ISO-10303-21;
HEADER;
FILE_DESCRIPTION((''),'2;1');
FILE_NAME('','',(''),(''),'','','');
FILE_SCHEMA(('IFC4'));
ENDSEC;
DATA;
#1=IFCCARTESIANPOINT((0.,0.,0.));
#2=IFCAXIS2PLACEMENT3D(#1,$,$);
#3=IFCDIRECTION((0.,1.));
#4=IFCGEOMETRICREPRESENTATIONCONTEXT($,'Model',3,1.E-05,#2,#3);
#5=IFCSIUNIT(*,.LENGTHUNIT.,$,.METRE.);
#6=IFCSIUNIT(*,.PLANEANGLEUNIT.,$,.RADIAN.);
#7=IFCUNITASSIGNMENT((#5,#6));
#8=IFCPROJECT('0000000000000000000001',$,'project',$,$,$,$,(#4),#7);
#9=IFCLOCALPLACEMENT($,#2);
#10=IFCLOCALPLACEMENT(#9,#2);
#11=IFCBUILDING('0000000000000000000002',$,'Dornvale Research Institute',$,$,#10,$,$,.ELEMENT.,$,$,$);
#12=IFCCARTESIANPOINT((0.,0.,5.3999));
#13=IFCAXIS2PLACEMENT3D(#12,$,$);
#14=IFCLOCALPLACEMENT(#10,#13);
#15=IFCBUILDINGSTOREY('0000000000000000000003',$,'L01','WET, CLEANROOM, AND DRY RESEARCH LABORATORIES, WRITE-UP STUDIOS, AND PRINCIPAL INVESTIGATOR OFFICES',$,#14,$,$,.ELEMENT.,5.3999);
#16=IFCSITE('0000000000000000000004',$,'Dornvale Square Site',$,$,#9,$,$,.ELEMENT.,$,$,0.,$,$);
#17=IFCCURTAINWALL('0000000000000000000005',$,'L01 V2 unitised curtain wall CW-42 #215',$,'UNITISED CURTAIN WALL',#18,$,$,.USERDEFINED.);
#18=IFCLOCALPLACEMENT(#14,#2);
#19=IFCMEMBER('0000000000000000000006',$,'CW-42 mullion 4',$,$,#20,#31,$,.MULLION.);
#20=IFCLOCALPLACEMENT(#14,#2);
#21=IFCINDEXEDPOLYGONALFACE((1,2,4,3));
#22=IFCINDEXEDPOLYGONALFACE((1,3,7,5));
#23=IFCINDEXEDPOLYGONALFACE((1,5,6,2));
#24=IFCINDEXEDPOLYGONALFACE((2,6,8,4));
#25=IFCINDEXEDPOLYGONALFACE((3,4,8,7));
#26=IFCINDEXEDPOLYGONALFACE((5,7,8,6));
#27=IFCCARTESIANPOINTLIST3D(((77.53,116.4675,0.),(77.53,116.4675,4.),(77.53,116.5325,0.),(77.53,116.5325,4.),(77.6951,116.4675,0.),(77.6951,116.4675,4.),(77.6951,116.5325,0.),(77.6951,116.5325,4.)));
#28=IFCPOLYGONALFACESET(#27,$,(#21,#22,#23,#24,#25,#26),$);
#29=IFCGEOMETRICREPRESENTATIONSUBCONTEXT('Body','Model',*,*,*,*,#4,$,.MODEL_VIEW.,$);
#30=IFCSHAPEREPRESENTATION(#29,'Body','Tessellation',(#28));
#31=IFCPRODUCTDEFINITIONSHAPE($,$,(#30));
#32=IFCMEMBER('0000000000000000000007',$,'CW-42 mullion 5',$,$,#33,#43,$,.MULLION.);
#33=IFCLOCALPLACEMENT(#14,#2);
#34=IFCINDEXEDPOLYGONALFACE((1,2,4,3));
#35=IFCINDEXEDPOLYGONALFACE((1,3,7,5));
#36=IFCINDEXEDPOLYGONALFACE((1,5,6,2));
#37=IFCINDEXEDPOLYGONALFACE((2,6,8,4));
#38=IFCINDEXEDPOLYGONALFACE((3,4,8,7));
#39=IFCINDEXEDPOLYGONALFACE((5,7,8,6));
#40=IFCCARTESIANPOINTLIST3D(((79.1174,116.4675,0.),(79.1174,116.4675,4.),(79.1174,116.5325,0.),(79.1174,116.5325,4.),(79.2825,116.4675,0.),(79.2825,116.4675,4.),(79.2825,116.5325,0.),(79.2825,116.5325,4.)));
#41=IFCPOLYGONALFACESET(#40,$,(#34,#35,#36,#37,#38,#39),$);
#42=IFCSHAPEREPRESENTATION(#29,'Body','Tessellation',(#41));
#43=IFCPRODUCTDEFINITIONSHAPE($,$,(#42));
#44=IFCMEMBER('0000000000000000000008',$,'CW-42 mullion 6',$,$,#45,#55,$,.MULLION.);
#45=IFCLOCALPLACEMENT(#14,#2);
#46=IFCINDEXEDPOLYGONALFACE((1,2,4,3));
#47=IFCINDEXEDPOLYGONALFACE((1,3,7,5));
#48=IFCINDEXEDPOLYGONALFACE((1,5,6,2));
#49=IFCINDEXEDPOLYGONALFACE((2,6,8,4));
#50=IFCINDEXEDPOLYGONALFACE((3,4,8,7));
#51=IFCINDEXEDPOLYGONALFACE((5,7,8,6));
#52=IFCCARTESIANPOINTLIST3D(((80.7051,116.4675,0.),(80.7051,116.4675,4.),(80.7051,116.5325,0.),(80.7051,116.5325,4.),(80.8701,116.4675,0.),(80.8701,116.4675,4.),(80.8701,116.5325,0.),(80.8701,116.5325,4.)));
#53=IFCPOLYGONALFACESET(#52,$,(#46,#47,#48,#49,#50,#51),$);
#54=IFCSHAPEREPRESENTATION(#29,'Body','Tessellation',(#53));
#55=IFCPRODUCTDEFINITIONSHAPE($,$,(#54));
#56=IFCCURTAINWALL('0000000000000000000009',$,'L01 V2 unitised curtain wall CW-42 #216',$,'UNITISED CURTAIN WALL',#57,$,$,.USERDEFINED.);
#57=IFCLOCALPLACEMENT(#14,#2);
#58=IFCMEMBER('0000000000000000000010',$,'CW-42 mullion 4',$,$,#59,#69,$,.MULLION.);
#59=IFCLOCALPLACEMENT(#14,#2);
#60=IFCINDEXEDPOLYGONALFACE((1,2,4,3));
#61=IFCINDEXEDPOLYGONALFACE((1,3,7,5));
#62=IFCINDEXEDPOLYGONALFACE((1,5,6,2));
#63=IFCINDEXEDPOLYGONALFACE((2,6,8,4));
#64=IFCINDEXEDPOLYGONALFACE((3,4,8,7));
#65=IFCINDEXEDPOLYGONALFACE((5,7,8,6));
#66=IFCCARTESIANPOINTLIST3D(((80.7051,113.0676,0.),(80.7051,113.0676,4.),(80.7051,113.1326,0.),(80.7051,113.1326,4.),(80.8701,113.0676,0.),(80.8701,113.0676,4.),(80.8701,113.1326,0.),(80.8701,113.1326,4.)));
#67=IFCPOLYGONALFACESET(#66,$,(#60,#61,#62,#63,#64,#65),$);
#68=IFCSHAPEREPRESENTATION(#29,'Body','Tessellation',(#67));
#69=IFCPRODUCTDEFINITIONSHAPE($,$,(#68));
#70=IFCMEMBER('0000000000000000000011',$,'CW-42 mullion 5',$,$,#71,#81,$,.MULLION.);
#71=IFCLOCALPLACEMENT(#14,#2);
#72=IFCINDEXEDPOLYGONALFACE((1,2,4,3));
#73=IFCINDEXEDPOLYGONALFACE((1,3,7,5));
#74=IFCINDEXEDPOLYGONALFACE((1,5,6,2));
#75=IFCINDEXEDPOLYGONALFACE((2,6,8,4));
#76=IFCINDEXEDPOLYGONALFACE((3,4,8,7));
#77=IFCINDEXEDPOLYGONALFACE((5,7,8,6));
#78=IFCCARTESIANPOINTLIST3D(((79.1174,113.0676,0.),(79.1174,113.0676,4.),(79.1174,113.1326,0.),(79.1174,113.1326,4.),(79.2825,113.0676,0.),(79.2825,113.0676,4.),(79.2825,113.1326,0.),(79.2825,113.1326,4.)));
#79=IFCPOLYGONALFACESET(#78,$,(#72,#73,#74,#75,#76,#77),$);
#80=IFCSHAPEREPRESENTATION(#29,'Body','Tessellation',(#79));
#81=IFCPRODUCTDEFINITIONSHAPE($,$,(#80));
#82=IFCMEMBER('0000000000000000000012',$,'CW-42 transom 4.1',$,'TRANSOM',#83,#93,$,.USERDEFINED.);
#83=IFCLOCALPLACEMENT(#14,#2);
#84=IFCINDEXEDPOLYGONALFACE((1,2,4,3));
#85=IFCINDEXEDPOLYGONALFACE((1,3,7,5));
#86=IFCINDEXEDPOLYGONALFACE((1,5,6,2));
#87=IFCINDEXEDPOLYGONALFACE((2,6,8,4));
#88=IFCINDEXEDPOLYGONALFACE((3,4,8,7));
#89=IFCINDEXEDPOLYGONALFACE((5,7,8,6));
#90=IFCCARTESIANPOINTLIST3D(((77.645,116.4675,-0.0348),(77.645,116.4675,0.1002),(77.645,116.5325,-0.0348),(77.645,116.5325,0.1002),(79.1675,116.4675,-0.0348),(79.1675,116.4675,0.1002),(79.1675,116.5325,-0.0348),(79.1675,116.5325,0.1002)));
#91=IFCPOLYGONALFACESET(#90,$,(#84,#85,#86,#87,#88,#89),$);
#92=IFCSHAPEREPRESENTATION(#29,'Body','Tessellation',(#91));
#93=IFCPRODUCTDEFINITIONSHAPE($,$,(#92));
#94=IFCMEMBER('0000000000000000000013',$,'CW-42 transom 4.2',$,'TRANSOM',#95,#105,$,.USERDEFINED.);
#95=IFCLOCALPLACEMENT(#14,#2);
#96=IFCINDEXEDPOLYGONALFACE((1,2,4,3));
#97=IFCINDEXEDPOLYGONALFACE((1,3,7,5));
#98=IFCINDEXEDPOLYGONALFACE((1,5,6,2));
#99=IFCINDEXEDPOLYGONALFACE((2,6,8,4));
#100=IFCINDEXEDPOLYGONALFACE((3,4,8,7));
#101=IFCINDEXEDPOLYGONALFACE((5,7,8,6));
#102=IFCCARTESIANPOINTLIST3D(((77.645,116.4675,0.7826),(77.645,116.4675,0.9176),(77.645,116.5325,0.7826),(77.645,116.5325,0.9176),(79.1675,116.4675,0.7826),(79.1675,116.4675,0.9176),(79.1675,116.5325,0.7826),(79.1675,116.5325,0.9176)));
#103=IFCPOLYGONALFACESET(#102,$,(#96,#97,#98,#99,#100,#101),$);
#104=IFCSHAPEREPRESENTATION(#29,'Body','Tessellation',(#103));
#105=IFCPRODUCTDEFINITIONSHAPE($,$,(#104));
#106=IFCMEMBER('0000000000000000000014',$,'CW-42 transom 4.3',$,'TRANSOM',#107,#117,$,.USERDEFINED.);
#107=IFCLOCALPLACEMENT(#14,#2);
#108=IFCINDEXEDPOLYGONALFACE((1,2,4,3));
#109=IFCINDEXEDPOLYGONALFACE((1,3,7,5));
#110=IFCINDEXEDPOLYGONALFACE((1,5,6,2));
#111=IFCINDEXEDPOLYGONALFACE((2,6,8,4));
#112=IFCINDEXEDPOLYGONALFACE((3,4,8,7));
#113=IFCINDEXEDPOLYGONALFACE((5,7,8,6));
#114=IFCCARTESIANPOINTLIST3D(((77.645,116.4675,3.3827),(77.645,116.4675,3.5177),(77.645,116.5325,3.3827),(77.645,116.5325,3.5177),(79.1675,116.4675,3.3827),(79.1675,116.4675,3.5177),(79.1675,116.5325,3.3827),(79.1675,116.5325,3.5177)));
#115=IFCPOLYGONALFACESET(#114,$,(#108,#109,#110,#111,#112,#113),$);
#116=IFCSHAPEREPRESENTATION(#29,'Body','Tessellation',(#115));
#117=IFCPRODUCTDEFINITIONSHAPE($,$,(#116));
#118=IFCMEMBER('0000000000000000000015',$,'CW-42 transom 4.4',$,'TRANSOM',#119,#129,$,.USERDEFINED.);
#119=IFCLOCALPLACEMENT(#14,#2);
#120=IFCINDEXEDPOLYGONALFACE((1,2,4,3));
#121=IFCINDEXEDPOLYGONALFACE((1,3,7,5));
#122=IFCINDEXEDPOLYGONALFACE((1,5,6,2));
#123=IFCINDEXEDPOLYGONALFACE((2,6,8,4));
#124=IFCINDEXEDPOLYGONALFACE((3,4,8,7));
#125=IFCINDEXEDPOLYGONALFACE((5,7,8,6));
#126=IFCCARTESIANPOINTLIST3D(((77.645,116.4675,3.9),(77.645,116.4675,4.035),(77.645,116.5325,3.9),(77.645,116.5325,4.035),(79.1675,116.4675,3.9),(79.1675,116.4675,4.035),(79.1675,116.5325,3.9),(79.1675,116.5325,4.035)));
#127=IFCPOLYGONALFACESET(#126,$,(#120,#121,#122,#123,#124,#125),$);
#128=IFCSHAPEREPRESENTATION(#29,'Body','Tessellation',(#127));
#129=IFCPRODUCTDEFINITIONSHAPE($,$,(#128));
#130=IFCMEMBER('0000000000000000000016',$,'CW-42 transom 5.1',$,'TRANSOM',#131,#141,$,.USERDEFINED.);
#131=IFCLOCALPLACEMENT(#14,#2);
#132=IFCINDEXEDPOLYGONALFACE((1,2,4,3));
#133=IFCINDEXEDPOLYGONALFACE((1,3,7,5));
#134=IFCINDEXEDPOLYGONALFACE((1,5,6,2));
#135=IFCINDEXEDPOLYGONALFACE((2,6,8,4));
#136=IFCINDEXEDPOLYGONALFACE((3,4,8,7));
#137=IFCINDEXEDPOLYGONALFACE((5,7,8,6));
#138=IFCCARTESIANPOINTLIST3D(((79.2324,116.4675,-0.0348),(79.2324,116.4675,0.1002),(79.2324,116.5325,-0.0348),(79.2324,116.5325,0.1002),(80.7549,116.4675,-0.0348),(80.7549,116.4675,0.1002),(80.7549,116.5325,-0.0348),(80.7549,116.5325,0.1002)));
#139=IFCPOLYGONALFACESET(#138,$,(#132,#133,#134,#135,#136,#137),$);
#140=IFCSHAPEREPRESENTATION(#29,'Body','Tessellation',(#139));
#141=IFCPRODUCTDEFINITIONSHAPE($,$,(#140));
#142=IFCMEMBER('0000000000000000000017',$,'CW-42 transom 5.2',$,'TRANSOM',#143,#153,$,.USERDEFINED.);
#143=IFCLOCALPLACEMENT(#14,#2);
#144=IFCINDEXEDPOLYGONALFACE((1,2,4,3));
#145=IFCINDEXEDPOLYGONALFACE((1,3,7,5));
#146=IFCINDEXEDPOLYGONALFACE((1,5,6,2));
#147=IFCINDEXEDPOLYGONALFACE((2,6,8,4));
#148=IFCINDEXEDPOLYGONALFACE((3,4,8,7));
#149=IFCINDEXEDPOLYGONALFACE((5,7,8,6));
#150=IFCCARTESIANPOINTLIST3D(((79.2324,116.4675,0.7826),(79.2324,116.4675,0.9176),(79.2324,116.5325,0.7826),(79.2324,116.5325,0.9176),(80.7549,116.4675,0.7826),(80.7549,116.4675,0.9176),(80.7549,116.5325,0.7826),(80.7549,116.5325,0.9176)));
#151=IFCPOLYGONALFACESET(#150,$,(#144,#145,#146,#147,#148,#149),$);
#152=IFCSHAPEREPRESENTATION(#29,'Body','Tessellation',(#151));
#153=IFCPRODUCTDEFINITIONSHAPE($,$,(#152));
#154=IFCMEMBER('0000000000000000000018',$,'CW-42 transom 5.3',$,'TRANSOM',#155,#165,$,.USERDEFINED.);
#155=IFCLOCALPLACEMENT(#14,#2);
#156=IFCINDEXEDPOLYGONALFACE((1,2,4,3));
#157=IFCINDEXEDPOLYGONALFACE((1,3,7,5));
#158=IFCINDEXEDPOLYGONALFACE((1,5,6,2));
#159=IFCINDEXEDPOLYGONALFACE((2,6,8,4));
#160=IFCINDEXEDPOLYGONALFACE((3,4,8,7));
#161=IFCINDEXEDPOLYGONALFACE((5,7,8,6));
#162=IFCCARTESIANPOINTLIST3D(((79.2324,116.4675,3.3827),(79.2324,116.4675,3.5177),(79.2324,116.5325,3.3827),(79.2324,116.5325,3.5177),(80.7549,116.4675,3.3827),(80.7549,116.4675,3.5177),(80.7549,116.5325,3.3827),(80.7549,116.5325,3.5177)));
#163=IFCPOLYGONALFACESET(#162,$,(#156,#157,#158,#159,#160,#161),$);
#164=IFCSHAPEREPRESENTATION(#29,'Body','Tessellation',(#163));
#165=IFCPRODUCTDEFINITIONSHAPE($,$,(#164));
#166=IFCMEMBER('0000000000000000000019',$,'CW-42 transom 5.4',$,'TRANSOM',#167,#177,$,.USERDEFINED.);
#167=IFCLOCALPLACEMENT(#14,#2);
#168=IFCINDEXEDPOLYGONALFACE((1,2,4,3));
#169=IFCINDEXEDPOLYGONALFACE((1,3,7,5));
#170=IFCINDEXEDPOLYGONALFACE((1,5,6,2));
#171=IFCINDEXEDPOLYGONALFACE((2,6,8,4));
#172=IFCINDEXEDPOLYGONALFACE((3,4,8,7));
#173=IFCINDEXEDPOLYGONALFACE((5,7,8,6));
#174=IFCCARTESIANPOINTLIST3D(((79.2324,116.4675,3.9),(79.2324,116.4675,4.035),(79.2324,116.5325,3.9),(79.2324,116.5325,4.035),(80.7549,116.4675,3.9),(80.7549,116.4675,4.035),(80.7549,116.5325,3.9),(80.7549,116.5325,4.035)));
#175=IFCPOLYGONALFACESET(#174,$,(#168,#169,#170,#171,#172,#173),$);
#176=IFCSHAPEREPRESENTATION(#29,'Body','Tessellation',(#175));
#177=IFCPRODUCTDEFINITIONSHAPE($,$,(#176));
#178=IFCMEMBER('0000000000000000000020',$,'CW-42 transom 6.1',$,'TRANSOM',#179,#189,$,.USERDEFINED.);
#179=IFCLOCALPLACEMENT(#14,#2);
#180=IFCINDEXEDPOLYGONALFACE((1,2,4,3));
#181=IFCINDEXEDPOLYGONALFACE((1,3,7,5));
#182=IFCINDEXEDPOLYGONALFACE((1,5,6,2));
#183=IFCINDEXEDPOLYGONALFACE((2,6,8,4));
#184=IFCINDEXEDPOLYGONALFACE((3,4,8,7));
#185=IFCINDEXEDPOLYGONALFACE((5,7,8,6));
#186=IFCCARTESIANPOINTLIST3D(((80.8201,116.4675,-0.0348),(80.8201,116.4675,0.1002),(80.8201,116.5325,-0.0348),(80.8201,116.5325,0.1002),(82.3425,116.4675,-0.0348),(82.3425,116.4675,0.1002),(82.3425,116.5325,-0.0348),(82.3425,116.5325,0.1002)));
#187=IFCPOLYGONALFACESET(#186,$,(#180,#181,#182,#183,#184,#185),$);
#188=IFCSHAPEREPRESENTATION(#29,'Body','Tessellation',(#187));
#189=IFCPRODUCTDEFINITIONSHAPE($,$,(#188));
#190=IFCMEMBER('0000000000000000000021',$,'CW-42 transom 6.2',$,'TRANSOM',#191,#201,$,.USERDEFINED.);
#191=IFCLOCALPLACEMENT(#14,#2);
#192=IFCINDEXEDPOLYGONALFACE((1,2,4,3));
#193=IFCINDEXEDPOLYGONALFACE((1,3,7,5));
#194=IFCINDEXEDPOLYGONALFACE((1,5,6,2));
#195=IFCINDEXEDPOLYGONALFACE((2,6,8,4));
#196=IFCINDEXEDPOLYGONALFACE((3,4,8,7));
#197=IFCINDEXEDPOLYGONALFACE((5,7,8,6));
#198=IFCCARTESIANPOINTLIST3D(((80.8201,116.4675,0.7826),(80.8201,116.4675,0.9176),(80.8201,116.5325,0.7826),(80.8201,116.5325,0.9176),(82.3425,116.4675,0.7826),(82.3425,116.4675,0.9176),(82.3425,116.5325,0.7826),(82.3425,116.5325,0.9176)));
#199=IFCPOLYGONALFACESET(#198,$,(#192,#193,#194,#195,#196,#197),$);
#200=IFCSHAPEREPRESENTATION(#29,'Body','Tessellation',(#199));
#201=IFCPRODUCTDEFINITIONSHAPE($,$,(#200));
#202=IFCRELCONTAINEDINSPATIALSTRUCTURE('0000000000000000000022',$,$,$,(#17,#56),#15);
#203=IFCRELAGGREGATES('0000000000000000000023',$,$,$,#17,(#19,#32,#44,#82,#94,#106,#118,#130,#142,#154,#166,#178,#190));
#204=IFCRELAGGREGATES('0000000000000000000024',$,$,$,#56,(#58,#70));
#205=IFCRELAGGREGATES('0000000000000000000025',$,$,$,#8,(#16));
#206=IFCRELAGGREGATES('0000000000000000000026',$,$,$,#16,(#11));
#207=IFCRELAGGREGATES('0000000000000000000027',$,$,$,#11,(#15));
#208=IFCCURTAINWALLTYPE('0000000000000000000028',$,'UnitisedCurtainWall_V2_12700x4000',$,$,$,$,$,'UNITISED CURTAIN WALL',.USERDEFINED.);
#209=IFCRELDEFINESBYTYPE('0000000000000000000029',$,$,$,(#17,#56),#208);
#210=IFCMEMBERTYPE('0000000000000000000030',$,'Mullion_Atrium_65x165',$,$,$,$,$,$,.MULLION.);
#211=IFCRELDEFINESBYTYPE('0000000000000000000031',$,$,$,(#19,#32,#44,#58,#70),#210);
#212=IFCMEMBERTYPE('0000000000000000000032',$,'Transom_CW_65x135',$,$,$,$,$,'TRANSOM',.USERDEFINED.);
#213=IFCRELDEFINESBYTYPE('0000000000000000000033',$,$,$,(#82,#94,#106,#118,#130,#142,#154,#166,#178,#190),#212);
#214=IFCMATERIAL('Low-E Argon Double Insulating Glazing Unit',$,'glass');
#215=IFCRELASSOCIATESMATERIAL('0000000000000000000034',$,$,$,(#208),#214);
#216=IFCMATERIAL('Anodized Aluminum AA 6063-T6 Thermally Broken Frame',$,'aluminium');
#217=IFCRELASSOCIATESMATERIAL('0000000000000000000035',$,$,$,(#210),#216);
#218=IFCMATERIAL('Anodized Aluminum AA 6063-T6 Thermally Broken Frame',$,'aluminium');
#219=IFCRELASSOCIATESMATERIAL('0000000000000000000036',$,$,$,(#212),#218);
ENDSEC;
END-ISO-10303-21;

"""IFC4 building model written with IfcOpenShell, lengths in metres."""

from ifc_helpers import new_model, si_unit, direction, frame, origin, origin_2d, place, context, subcontext, project, spatial, rectangle, extrude, material, material_profile, profile_set, type_object, element, aggregate, save


model = new_model("IFC4")

# Units and contexts
model_context = context("Model", 3, precision=1e-05, world=origin(), true_north=direction((0.0, 1.0)))
body_context = subcontext(model_context, "Body", "Model", "MODEL_VIEW")
ifc_project = project(units=[si_unit("LENGTHUNIT", "METRE"), si_unit("PLANEANGLEUNIT", "RADIAN")], contexts=[model_context])

# Site, building, storey
site_placement = place(None, origin())
site = spatial("IfcSite", under=ifc_project, at=site_placement, Name="Dornvale Square Site", CompositionType="ELEMENT", RefElevation=0.0)
building_placement = place(site_placement, origin())
building = spatial("IfcBuilding", under=site, at=building_placement, Name="Dornvale Research Institute", CompositionType="ELEMENT")
storey_placement = place(building_placement, frame((0.0, 0.0, 5.3999)))
storey = spatial("IfcBuildingStorey", under=building, at=storey_placement, Name="L01", Description="WET, CLEANROOM, AND DRY RESEARCH LABORATORIES, WRITE-UP STUDIOS, AND PRINCIPAL INVESTIGATOR OFFICES", CompositionType="ELEMENT", Elevation=5.3999)

# Curtain walls, members
ifc_material_1 = material(Name="Low-E Argon Double Insulating Glazing Unit", Category="glass")
curtain_wall_type = type_object("IfcCurtainWallType", Name="UnitisedCurtainWall_V2_12700x4000", ElementType="UNITISED CURTAIN WALL", PredefinedType="USERDEFINED", material=ifc_material_1)
curtain_wall_1_placement = place(storey_placement, origin())
curtain_wall_1 = element("IfcCurtainWall", 1, at=curtain_wall_1_placement, inside=storey, type_object=curtain_wall_type, Name="L01 V2 unitised curtain wall CW-42 #215", ObjectType="UNITISED CURTAIN WALL", PredefinedType="USERDEFINED")
ifc_material_2 = material(Name="Anodized Aluminum AA 6063-T6 Thermally Broken Frame", Category="aluminium")
ifc_material_profile_1 = material_profile(ifc_material_2, rectangle(XDim=0.0649, YDim=0.165, at=origin_2d()), Name="ALU MULLION 65x165")
ifc_profile_set_1 = profile_set([ifc_material_profile_1], Name="Anodized Aluminum AA 6063-T6 Thermally Broken Frame")
member_type_1 = type_object("IfcMemberType", Name="Mullion_Atrium_65x165", PredefinedType="MULLION", material=ifc_profile_set_1)
member_1_placement = place(storey_placement, frame((77.6125, 116.5, 0.0), z_axis=(0.0, 0.0, 1.0), x_axis=(0.0, 1.0, 0.0)))
member_1 = element("IfcMember", 2, at=member_1_placement, type_object=member_type_1, Name="CW-42 mullion 4", PredefinedType="MULLION", context=body_context, shape_type="SweptSolid", body=[
    extrude(rectangle(XDim=0.0649, YDim=0.165, at=origin_2d()), origin(), (0.0, 0.0, 1.0), 4.0),
])
member_2_placement = place(storey_placement, frame((79.2, 116.5, 0.0), z_axis=(0.0, 0.0, 1.0), x_axis=(0.0, 1.0, 0.0)))
member_2 = element("IfcMember", 3, at=member_2_placement, type_object=member_type_1, Name="CW-42 mullion 5", PredefinedType="MULLION", context=body_context, shape_type="SweptSolid", body=[
    extrude(rectangle(XDim=0.0649, YDim=0.165, at=origin_2d()), origin(), (0.0, 0.0, 1.0), 4.0),
])
member_3_placement = place(storey_placement, frame((80.7876, 116.5, 0.0), z_axis=(0.0, 0.0, 1.0), x_axis=(0.0, 1.0, 0.0)))
member_3 = element("IfcMember", 4, at=member_3_placement, type_object=member_type_1, Name="CW-42 mullion 6", PredefinedType="MULLION", context=body_context, shape_type="SweptSolid", body=[
    extrude(rectangle(XDim=0.0649, YDim=0.165, at=origin_2d()), origin(), (0.0, 0.0, 1.0), 4.0),
])
curtain_wall_2_placement = place(storey_placement, origin())
curtain_wall_2 = element("IfcCurtainWall", 5, at=curtain_wall_2_placement, inside=storey, type_object=curtain_wall_type, Name="L01 V2 unitised curtain wall CW-42 #216", ObjectType="UNITISED CURTAIN WALL", PredefinedType="USERDEFINED")
member_4_placement = place(storey_placement, frame((80.7876, 113.1001, 0.0), z_axis=(0.0, 0.0, 1.0), x_axis=(0.0, -1.0, 0.0)))
member_4 = element("IfcMember", 6, at=member_4_placement, type_object=member_type_1, Name="CW-42 mullion 4", PredefinedType="MULLION", context=body_context, shape_type="SweptSolid", body=[
    extrude(rectangle(XDim=0.0649, YDim=0.165, at=origin_2d()), origin(), (0.0, 0.0, 1.0), 4.0),
])
member_5_placement = place(storey_placement, frame((79.2, 113.1001, 0.0), z_axis=(0.0, 0.0, 1.0), x_axis=(0.0, -1.0, 0.0)))
member_5 = element("IfcMember", 7, at=member_5_placement, type_object=member_type_1, Name="CW-42 mullion 5", PredefinedType="MULLION", context=body_context, shape_type="SweptSolid", body=[
    extrude(rectangle(XDim=0.0649, YDim=0.165, at=origin_2d()), origin(), (0.0, 0.0, 1.0), 4.0),
])

# Members
ifc_material_3 = material(Name="Anodized Aluminum AA 6063-T6 Thermally Broken Frame", Category="aluminium")
ifc_material_profile_2 = material_profile(ifc_material_3, rectangle(XDim=0.0649, YDim=0.135, at=origin_2d()), Name="ALU TRANSOM 65x135")
ifc_profile_set_2 = profile_set([ifc_material_profile_2], Name="Anodized Aluminum AA 6063-T6 Thermally Broken Frame")
member_type_2 = type_object("IfcMemberType", Name="Transom_CW_65x135", ElementType="TRANSOM", PredefinedType="USERDEFINED", material=ifc_profile_set_2)
member_6_placement = place(storey_placement, frame((77.645, 116.5, 0.0327), z_axis=(1.0, 0.0, 0.0), x_axis=(0.0, 1.0, 0.0)))
member_6 = element("IfcMember", 8, at=member_6_placement, type_object=member_type_2, Name="CW-42 transom 4.1", ObjectType="TRANSOM", PredefinedType="USERDEFINED", context=body_context, shape_type="SweptSolid", body=[
    extrude(rectangle(XDim=0.0649, YDim=0.135, at=origin_2d()), origin(), (0.0, 0.0, 1.0), 1.5225),
])
member_7_placement = place(storey_placement, frame((77.645, 116.5, 0.8501), z_axis=(1.0, 0.0, 0.0), x_axis=(0.0, 1.0, 0.0)))
member_7 = element("IfcMember", 9, at=member_7_placement, type_object=member_type_2, Name="CW-42 transom 4.2", ObjectType="TRANSOM", PredefinedType="USERDEFINED", context=body_context, shape_type="SweptSolid", body=[
    extrude(rectangle(XDim=0.0649, YDim=0.135, at=origin_2d()), origin(), (0.0, 0.0, 1.0), 1.5225),
])
member_8_placement = place(storey_placement, frame((77.645, 116.5, 3.4502), z_axis=(1.0, 0.0, 0.0), x_axis=(0.0, 1.0, 0.0)))
member_8 = element("IfcMember", 10, at=member_8_placement, type_object=member_type_2, Name="CW-42 transom 4.3", ObjectType="TRANSOM", PredefinedType="USERDEFINED", context=body_context, shape_type="SweptSolid", body=[
    extrude(rectangle(XDim=0.0649, YDim=0.135, at=origin_2d()), origin(), (0.0, 0.0, 1.0), 1.5225),
])
member_9_placement = place(storey_placement, frame((77.645, 116.5, 3.9675), z_axis=(1.0, 0.0, 0.0), x_axis=(0.0, 1.0, 0.0)))
member_9 = element("IfcMember", 11, at=member_9_placement, type_object=member_type_2, Name="CW-42 transom 4.4", ObjectType="TRANSOM", PredefinedType="USERDEFINED", context=body_context, shape_type="SweptSolid", body=[
    extrude(rectangle(XDim=0.0649, YDim=0.135, at=origin_2d()), origin(), (0.0, 0.0, 1.0), 1.5225),
])
member_10_placement = place(storey_placement, frame((79.2324, 116.5, 0.0327), z_axis=(1.0, 0.0, 0.0), x_axis=(0.0, 1.0, 0.0)))
member_10 = element("IfcMember", 12, at=member_10_placement, type_object=member_type_2, Name="CW-42 transom 5.1", ObjectType="TRANSOM", PredefinedType="USERDEFINED", context=body_context, shape_type="SweptSolid", body=[
    extrude(rectangle(XDim=0.0649, YDim=0.135, at=origin_2d()), origin(), (0.0, 0.0, 1.0), 1.5225),
])
member_11_placement = place(storey_placement, frame((79.2324, 116.5, 0.8501), z_axis=(1.0, 0.0, 0.0), x_axis=(0.0, 1.0, 0.0)))
member_11 = element("IfcMember", 13, at=member_11_placement, type_object=member_type_2, Name="CW-42 transom 5.2", ObjectType="TRANSOM", PredefinedType="USERDEFINED", context=body_context, shape_type="SweptSolid", body=[
    extrude(rectangle(XDim=0.0649, YDim=0.135, at=origin_2d()), origin(), (0.0, 0.0, 1.0), 1.5225),
])
member_12_placement = place(storey_placement, frame((79.2324, 116.5, 3.4502), z_axis=(1.0, 0.0, 0.0), x_axis=(0.0, 1.0, 0.0)))
member_12 = element("IfcMember", 14, at=member_12_placement, type_object=member_type_2, Name="CW-42 transom 5.3", ObjectType="TRANSOM", PredefinedType="USERDEFINED", context=body_context, shape_type="SweptSolid", body=[
    extrude(rectangle(XDim=0.0649, YDim=0.135, at=origin_2d()), origin(), (0.0, 0.0, 1.0), 1.5225),
])
member_13_placement = place(storey_placement, frame((79.2324, 116.5, 3.9675), z_axis=(1.0, 0.0, 0.0), x_axis=(0.0, 1.0, 0.0)))
member_13 = element("IfcMember", 15, at=member_13_placement, type_object=member_type_2, Name="CW-42 transom 5.4", ObjectType="TRANSOM", PredefinedType="USERDEFINED", context=body_context, shape_type="SweptSolid", body=[
    extrude(rectangle(XDim=0.0649, YDim=0.135, at=origin_2d()), origin(), (0.0, 0.0, 1.0), 1.5225),
])
member_14_placement = place(storey_placement, frame((80.8201, 116.5, 0.0327), z_axis=(1.0, 0.0, 0.0), x_axis=(0.0, 1.0, 0.0)))
member_14 = element("IfcMember", 16, at=member_14_placement, type_object=member_type_2, Name="CW-42 transom 6.1", ObjectType="TRANSOM", PredefinedType="USERDEFINED", context=body_context, shape_type="SweptSolid", body=[
    extrude(rectangle(XDim=0.0649, YDim=0.135, at=origin_2d()), origin(), (0.0, 0.0, 1.0), 1.5225),
])
member_15_placement = place(storey_placement, frame((80.8201, 116.5, 0.8501), z_axis=(1.0, 0.0, 0.0), x_axis=(0.0, 1.0, 0.0)))
member_15 = element("IfcMember", 17, at=member_15_placement, type_object=member_type_2, Name="CW-42 transom 6.2", ObjectType="TRANSOM", PredefinedType="USERDEFINED", context=body_context, shape_type="SweptSolid", body=[
    extrude(rectangle(XDim=0.0649, YDim=0.135, at=origin_2d()), origin(), (0.0, 0.0, 1.0), 1.5225),
])

aggregate(curtain_wall_1, [member_1, member_2, member_3, member_6, member_7, member_8, member_9, member_10, member_11, member_12, member_13, member_14, member_15])
aggregate(curtain_wall_2, [member_4, member_5])

save(model, "model.ifc")
